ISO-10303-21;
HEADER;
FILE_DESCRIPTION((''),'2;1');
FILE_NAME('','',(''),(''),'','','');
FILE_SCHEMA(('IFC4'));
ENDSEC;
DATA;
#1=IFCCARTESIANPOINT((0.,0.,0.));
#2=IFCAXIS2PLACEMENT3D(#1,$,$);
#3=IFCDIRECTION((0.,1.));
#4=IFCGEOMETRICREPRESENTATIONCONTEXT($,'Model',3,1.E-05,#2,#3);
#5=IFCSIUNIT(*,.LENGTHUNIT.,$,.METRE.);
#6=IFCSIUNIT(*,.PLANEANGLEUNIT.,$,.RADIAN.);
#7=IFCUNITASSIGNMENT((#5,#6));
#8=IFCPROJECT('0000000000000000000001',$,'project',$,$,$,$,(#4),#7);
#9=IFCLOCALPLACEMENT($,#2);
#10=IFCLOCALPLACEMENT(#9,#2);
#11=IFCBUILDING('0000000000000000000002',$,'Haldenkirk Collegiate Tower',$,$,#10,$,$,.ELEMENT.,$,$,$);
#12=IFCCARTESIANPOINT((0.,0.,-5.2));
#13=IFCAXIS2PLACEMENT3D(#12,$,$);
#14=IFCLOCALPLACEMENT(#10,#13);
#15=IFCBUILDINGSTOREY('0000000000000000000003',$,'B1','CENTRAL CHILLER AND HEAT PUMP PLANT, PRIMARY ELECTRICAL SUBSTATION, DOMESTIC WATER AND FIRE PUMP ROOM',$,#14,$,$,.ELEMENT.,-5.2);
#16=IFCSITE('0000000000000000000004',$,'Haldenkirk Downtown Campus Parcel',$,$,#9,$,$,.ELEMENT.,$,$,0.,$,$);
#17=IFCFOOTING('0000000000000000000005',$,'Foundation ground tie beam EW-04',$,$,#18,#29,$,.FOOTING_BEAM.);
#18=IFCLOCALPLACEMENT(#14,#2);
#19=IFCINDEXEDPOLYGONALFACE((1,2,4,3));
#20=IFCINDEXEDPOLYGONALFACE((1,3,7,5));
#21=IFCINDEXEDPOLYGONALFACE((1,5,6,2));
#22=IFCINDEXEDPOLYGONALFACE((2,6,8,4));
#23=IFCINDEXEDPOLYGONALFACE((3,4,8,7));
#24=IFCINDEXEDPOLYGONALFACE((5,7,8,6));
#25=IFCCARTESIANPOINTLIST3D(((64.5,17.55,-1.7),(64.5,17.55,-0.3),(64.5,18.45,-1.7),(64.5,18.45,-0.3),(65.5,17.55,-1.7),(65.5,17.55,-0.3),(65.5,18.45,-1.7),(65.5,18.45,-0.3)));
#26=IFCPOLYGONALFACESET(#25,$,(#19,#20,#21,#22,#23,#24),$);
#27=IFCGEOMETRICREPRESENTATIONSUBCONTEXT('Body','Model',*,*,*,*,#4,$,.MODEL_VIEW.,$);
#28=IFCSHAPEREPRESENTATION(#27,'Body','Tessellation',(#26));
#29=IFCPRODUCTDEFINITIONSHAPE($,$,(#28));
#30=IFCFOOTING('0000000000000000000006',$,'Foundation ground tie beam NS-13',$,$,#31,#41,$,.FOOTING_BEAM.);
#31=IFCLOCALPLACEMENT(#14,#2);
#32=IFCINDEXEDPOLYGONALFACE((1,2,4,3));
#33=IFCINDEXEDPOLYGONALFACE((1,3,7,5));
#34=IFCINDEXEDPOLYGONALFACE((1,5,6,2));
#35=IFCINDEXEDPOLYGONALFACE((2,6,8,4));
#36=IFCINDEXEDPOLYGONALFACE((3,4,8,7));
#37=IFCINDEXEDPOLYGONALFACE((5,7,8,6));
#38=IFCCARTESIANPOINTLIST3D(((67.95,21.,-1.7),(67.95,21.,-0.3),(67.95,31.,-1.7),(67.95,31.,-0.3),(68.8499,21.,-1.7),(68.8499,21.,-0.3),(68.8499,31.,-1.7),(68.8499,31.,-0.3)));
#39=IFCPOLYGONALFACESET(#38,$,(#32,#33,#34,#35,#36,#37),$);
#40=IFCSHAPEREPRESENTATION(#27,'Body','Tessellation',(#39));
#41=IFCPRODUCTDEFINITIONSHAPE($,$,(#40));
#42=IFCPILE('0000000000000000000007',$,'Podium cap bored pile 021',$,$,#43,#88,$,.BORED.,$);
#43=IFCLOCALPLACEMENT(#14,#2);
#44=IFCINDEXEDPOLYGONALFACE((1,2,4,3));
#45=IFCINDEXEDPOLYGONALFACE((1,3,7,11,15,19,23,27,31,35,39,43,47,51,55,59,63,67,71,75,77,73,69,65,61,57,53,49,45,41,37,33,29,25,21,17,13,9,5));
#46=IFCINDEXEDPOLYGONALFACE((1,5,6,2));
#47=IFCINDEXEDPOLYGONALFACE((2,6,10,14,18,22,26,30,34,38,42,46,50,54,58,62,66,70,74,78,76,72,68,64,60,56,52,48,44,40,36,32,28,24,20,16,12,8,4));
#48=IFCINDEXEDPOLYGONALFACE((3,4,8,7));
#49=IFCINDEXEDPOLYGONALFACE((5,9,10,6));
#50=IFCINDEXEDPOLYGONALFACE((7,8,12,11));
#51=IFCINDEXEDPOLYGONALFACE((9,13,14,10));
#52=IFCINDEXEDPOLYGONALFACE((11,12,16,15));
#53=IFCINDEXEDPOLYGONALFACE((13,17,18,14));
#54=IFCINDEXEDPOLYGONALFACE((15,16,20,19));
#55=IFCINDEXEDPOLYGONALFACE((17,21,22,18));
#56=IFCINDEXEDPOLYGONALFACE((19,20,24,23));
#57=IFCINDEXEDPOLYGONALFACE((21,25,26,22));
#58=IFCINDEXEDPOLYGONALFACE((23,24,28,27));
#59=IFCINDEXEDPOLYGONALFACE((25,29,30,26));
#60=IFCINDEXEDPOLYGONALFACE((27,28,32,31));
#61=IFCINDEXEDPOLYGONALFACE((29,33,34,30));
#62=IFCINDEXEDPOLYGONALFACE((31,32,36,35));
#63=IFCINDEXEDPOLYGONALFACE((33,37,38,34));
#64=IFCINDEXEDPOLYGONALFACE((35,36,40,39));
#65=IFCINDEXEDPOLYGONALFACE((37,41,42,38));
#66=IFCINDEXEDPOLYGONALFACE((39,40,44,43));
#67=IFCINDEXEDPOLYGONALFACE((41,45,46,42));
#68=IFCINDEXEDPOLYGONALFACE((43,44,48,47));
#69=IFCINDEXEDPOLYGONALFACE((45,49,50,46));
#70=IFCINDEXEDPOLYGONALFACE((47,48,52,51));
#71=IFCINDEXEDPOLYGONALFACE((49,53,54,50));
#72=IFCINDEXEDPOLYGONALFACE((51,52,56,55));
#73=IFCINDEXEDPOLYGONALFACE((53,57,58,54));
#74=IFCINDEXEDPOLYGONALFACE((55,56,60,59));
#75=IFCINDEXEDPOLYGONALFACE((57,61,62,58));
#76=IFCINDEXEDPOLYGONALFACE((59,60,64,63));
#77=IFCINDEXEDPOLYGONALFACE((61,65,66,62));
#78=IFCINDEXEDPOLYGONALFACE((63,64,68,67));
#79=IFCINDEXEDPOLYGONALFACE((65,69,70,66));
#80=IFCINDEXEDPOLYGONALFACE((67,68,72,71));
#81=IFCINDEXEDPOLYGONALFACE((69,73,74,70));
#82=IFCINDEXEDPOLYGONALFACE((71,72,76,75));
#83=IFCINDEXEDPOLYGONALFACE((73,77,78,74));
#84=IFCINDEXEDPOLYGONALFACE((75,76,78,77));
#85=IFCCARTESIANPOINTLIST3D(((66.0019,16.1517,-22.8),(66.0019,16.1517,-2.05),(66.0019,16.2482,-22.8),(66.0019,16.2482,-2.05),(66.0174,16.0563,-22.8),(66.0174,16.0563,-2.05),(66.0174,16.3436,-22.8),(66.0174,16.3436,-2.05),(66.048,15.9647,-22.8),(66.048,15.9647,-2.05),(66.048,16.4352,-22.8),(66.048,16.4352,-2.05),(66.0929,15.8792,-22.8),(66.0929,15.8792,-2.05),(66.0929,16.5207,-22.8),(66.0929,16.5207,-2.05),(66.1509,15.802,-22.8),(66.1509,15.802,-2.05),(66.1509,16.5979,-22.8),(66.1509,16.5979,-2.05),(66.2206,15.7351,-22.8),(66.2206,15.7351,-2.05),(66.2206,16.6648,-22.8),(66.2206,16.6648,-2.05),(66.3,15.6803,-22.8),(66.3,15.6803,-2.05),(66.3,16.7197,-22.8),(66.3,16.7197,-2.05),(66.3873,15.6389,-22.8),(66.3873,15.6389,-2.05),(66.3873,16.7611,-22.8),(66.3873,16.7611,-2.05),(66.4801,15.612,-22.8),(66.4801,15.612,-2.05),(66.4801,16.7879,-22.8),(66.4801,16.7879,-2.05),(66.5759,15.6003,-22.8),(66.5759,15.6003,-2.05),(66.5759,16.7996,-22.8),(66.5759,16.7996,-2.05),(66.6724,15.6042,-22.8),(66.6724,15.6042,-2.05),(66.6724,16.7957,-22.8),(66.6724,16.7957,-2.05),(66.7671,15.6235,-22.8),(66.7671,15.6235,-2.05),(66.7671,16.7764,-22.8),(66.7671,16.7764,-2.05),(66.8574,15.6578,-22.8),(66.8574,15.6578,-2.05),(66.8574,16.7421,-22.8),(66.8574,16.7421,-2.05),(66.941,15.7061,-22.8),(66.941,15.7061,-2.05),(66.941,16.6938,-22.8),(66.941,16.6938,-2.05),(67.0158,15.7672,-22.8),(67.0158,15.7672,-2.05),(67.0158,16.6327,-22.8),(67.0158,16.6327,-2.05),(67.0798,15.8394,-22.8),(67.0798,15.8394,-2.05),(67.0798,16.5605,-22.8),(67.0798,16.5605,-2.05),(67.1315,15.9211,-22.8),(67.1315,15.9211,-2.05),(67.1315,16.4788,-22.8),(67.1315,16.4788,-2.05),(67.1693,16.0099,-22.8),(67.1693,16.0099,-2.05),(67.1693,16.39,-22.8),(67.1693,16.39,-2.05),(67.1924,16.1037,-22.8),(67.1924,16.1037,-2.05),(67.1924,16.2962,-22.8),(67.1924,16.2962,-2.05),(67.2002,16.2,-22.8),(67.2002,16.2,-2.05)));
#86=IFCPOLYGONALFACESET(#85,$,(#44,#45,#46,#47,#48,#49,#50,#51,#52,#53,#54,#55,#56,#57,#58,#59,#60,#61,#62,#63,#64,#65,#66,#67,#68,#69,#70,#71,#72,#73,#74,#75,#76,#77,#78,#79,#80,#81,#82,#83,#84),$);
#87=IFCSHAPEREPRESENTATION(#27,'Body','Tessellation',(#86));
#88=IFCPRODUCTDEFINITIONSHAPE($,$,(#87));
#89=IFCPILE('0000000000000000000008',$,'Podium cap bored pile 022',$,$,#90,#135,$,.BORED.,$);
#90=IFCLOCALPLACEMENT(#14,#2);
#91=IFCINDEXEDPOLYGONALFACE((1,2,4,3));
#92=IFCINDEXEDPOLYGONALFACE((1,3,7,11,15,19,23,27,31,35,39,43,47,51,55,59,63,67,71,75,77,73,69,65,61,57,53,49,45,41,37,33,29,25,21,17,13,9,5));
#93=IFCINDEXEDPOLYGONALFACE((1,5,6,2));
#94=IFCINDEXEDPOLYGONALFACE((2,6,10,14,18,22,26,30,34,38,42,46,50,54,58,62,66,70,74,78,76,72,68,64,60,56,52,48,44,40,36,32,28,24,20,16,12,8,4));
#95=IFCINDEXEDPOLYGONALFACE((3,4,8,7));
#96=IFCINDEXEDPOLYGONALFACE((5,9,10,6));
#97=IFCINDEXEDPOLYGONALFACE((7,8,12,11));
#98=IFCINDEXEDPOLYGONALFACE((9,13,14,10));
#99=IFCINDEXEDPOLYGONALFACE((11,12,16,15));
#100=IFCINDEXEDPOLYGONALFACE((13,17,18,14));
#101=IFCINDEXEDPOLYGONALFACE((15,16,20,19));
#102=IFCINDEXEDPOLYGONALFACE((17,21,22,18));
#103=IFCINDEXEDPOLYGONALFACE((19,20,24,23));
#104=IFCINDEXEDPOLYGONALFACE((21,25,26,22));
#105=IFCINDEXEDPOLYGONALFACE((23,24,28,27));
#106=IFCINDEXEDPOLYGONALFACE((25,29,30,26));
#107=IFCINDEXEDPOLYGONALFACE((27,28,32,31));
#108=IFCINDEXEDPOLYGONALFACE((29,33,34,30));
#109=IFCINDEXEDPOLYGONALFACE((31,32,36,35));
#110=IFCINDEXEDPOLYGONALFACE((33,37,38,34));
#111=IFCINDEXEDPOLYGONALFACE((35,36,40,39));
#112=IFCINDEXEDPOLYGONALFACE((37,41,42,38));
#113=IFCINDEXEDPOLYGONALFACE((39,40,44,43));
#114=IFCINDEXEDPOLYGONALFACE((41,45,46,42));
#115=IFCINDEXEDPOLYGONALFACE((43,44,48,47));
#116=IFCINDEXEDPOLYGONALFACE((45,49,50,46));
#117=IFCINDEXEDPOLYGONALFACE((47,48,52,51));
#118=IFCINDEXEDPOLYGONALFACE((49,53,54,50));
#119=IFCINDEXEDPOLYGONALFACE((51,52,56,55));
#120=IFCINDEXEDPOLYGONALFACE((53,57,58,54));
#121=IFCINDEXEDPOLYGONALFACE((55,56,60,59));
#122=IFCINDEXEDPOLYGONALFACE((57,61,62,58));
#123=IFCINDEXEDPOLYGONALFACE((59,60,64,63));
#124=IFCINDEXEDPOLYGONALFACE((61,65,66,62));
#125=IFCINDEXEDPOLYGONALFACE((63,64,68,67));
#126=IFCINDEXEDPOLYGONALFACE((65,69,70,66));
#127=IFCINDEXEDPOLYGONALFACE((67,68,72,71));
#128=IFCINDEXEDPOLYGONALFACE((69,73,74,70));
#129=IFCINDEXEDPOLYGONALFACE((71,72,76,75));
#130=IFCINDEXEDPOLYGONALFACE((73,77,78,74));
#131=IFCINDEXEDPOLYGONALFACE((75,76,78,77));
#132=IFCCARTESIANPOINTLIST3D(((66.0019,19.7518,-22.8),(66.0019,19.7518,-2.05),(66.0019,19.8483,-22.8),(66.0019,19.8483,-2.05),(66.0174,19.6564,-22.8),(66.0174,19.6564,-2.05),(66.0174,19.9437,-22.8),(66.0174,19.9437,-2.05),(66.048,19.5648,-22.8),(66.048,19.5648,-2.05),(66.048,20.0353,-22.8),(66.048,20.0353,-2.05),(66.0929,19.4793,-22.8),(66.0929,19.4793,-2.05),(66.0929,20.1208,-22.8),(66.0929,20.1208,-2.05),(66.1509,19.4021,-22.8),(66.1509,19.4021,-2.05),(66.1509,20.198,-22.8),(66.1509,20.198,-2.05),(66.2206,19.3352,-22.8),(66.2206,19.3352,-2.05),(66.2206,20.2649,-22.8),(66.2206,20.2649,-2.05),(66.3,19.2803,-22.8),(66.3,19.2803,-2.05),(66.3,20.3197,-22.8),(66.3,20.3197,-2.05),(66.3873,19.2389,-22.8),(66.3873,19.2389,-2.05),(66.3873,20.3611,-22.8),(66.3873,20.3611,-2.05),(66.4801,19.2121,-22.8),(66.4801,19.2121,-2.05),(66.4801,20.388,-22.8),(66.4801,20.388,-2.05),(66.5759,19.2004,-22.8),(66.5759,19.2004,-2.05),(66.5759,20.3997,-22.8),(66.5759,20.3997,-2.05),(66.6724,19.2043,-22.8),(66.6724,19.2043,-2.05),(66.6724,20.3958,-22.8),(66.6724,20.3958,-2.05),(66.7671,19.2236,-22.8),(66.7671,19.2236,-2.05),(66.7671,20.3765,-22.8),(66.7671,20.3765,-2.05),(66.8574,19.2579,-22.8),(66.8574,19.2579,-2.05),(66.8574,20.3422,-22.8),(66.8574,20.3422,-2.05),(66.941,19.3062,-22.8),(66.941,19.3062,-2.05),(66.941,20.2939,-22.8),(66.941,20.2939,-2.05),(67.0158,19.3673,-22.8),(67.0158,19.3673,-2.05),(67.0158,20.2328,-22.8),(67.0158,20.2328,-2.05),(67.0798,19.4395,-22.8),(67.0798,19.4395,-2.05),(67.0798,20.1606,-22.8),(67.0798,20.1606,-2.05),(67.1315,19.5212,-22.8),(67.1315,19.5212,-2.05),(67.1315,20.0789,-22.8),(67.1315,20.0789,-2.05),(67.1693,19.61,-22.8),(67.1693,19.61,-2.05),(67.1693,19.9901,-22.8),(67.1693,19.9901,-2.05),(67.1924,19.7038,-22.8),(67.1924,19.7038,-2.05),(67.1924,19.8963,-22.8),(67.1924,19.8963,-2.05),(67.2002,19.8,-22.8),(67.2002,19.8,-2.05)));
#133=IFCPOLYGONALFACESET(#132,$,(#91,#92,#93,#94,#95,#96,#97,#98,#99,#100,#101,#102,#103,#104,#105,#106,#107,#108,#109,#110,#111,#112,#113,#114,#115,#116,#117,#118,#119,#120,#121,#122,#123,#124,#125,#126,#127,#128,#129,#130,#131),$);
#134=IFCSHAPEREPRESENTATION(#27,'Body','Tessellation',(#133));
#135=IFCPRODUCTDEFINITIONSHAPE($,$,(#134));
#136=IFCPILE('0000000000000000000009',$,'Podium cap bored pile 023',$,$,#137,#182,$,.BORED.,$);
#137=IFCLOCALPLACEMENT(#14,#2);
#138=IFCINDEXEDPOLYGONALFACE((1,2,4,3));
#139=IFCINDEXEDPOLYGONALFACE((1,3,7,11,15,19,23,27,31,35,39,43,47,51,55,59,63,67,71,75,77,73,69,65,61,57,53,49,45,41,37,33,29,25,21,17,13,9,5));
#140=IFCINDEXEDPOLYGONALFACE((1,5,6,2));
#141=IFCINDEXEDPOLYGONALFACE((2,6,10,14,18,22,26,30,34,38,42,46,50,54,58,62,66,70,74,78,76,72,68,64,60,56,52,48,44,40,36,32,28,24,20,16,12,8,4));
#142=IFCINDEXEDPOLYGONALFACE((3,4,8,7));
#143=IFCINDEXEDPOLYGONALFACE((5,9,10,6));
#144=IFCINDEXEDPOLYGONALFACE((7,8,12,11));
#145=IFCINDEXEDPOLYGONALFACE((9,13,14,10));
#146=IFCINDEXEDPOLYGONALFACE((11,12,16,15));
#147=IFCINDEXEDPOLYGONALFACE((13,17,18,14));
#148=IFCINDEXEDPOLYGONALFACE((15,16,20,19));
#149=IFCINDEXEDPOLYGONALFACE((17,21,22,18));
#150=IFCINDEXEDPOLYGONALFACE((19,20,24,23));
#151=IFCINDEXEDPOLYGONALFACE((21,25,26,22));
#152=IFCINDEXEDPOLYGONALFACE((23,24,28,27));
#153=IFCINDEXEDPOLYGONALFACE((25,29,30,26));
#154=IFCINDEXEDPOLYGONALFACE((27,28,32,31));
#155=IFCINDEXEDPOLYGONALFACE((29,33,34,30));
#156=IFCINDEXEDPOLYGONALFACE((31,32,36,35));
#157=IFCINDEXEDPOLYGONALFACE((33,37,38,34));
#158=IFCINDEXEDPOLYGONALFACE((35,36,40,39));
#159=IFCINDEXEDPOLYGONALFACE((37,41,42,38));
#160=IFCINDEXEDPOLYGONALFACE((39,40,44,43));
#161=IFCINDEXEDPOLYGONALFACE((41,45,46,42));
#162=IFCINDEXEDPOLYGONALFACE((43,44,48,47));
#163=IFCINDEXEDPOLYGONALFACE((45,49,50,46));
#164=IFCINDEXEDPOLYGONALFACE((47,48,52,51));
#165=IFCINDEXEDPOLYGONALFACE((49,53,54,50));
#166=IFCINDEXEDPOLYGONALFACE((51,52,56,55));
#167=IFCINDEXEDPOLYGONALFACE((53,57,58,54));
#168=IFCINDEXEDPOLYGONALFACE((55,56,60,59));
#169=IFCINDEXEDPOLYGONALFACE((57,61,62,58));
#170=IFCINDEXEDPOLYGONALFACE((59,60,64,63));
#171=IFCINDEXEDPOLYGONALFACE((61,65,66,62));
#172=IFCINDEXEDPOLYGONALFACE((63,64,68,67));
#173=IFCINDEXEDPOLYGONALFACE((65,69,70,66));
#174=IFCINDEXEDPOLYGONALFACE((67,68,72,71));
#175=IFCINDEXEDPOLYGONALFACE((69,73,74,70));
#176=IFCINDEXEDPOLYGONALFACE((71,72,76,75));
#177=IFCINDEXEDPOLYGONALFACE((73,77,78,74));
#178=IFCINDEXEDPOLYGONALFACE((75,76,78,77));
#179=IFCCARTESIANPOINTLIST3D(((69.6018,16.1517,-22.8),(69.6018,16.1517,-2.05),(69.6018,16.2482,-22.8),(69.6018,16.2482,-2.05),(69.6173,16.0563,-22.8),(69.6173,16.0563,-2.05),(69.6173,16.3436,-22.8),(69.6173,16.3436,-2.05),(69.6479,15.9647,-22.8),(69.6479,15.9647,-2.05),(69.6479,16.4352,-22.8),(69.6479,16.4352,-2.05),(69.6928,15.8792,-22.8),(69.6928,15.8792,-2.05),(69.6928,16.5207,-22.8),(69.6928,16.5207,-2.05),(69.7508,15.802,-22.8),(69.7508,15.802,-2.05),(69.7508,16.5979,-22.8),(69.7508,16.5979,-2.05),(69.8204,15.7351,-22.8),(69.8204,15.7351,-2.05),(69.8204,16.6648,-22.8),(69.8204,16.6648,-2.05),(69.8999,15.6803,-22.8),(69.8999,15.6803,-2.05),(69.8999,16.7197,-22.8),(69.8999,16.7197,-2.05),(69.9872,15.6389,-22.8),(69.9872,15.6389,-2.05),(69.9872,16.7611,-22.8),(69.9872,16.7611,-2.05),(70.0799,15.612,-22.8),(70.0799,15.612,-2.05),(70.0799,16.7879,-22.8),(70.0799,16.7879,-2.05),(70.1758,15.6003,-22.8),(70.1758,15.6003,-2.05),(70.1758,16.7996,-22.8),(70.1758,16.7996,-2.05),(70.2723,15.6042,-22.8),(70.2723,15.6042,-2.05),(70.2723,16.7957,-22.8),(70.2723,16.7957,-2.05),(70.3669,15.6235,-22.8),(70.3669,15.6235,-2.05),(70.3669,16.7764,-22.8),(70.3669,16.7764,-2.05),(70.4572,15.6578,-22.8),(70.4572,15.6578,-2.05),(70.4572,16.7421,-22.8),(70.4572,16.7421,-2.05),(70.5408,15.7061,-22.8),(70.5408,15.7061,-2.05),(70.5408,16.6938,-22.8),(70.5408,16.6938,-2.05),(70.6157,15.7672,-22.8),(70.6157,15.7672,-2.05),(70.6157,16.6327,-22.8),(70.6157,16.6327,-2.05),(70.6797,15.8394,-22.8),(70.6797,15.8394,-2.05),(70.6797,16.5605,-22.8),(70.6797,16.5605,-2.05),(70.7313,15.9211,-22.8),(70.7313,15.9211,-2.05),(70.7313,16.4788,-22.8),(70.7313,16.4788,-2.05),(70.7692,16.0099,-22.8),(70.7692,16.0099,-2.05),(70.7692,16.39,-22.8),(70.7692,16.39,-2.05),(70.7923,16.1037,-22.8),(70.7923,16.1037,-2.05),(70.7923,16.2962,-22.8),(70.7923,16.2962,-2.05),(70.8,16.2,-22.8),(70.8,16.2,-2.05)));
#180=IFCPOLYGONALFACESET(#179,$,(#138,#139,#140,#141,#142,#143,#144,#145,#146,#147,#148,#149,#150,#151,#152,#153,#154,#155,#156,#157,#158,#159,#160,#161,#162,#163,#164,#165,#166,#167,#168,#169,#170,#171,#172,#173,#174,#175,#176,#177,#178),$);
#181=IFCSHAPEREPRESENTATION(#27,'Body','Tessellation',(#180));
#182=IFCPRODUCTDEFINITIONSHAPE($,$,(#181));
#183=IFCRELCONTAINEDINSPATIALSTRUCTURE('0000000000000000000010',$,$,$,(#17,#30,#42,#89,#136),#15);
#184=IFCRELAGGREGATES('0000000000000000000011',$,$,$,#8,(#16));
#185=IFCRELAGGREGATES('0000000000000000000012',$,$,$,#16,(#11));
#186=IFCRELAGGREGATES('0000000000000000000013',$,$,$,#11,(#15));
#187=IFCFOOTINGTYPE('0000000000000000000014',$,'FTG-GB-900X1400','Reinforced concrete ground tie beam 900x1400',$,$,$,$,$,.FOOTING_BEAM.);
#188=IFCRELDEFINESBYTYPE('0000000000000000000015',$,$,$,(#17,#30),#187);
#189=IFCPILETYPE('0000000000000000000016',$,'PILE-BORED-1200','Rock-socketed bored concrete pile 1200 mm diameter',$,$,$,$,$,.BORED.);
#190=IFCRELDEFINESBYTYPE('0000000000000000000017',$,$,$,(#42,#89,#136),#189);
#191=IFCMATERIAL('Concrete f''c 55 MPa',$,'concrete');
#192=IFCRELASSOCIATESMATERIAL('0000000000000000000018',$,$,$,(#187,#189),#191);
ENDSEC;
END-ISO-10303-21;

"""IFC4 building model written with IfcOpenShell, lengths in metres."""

from ifc_helpers import new_model, si_unit, direction, frame, origin, origin_2d, place, context, subcontext, project, spatial, rectangle, circle, extrude, material, material_profile, profile_set, type_object, element, save


model = new_model("IFC4")

# Units and contexts
model_context = context("Model", 3, precision=1e-05, world=origin(), true_north=direction((0.0, 1.0)))
body_context = subcontext(model_context, "Body", "Model", "MODEL_VIEW")
ifc_project = project(units=[si_unit("LENGTHUNIT", "METRE"), si_unit("PLANEANGLEUNIT", "RADIAN")], contexts=[model_context])

# Site, building, storey
site_placement = place(None, origin())
site = spatial("IfcSite", under=ifc_project, at=site_placement, Name="Haldenkirk Downtown Campus Parcel", CompositionType="ELEMENT", RefElevation=0.0)
building_placement = place(site_placement, origin())
building = spatial("IfcBuilding", under=site, at=building_placement, Name="Haldenkirk Collegiate Tower", CompositionType="ELEMENT")
storey_placement = place(building_placement, frame((0.0, 0.0, -5.2)))
storey = spatial("IfcBuildingStorey", under=building, at=storey_placement, Name="B1", Description="CENTRAL CHILLER AND HEAT PUMP PLANT, PRIMARY ELECTRICAL SUBSTATION, DOMESTIC WATER AND FIRE PUMP ROOM", CompositionType="ELEMENT", Elevation=-5.2)

# Footings
ifc_material_1 = material(Name="Concrete f'c 55 MPa", Category="concrete")
ifc_material_profile_1 = material_profile(ifc_material_1, rectangle(XDim=0.8999, YDim=1.3999, at=origin_2d()), Name="RCGB900X1400")
ifc_profile_set_1 = profile_set([ifc_material_profile_1], Name="Concrete f'c 55 MPa")
footing_type = type_object("IfcFootingType", Name="FTG-GB-900X1400", Description="Reinforced concrete ground tie beam 900x1400", PredefinedType="FOOTING_BEAM", material=ifc_profile_set_1)
footing_1_placement = place(storey_placement, frame((64.5, 18.0, -1.0), z_axis=(1.0, 0.0, 0.0), x_axis=(0.0, 1.0, 0.0)))
element("IfcFooting", 1, at=footing_1_placement, inside=storey, type_object=footing_type, Name="Foundation ground tie beam EW-04", PredefinedType="FOOTING_BEAM", context=body_context, shape_type="SweptSolid", body=[
    extrude(rectangle(XDim=0.8999, YDim=1.3999, at=origin_2d()), origin(), (0.0, 0.0, 1.0), 1.0),
])
footing_2_placement = place(storey_placement, frame((68.3999, 21.0, -1.0), z_axis=(0.0, 1.0, 0.0), x_axis=(-1.0, 0.0, 0.0)))
element("IfcFooting", 2, at=footing_2_placement, inside=storey, type_object=footing_type, Name="Foundation ground tie beam NS-13", PredefinedType="FOOTING_BEAM", context=body_context, shape_type="SweptSolid", body=[
    extrude(rectangle(XDim=0.8999, YDim=1.3999, at=origin_2d()), origin(), (0.0, 0.0, 1.0), 10.0),
])

# Piles
ifc_material_profile_2 = material_profile(ifc_material_1, circle(Radius=0.6001, at=origin_2d()), Name="PILE1200")
ifc_profile_set_2 = profile_set([ifc_material_profile_2], Name="Concrete f'c 55 MPa")
pile_type_1 = type_object("IfcPileType", Name="PILE-BORED-1200", Description="Rock-socketed bored concrete pile 1200 mm diameter", PredefinedType="BORED", material=ifc_profile_set_2)
for number, where, z_axis, x_axis, name in (
    (3, (66.6001, 16.2, -2.05), (0.0, 0.0, -1.0), (1.0, 0.0, 0.0), "Podium cap bored pile 021"),
    (4, (66.6001, 19.8, -2.05), (0.0, 0.0, -1.0), (1.0, 0.0, 0.0), "Podium cap bored pile 022"),
    (5, (70.2, 16.2, -2.05), (0.0, 0.0, -1.0), (1.0, 0.0, 0.0), "Podium cap bored pile 023"),
):
    element("IfcPile", number, at=place(storey_placement, frame(where, z_axis=z_axis, x_axis=x_axis)), inside=storey, type_object=pile_type_1, Name=name, PredefinedType="BORED", context=body_context, shape_type="SweptSolid", body=[
        extrude(circle(Radius=0.6001, at=origin_2d()), origin(), (0.0, 0.0, 1.0), 20.75),
    ])

save(model, "model.ifc")
